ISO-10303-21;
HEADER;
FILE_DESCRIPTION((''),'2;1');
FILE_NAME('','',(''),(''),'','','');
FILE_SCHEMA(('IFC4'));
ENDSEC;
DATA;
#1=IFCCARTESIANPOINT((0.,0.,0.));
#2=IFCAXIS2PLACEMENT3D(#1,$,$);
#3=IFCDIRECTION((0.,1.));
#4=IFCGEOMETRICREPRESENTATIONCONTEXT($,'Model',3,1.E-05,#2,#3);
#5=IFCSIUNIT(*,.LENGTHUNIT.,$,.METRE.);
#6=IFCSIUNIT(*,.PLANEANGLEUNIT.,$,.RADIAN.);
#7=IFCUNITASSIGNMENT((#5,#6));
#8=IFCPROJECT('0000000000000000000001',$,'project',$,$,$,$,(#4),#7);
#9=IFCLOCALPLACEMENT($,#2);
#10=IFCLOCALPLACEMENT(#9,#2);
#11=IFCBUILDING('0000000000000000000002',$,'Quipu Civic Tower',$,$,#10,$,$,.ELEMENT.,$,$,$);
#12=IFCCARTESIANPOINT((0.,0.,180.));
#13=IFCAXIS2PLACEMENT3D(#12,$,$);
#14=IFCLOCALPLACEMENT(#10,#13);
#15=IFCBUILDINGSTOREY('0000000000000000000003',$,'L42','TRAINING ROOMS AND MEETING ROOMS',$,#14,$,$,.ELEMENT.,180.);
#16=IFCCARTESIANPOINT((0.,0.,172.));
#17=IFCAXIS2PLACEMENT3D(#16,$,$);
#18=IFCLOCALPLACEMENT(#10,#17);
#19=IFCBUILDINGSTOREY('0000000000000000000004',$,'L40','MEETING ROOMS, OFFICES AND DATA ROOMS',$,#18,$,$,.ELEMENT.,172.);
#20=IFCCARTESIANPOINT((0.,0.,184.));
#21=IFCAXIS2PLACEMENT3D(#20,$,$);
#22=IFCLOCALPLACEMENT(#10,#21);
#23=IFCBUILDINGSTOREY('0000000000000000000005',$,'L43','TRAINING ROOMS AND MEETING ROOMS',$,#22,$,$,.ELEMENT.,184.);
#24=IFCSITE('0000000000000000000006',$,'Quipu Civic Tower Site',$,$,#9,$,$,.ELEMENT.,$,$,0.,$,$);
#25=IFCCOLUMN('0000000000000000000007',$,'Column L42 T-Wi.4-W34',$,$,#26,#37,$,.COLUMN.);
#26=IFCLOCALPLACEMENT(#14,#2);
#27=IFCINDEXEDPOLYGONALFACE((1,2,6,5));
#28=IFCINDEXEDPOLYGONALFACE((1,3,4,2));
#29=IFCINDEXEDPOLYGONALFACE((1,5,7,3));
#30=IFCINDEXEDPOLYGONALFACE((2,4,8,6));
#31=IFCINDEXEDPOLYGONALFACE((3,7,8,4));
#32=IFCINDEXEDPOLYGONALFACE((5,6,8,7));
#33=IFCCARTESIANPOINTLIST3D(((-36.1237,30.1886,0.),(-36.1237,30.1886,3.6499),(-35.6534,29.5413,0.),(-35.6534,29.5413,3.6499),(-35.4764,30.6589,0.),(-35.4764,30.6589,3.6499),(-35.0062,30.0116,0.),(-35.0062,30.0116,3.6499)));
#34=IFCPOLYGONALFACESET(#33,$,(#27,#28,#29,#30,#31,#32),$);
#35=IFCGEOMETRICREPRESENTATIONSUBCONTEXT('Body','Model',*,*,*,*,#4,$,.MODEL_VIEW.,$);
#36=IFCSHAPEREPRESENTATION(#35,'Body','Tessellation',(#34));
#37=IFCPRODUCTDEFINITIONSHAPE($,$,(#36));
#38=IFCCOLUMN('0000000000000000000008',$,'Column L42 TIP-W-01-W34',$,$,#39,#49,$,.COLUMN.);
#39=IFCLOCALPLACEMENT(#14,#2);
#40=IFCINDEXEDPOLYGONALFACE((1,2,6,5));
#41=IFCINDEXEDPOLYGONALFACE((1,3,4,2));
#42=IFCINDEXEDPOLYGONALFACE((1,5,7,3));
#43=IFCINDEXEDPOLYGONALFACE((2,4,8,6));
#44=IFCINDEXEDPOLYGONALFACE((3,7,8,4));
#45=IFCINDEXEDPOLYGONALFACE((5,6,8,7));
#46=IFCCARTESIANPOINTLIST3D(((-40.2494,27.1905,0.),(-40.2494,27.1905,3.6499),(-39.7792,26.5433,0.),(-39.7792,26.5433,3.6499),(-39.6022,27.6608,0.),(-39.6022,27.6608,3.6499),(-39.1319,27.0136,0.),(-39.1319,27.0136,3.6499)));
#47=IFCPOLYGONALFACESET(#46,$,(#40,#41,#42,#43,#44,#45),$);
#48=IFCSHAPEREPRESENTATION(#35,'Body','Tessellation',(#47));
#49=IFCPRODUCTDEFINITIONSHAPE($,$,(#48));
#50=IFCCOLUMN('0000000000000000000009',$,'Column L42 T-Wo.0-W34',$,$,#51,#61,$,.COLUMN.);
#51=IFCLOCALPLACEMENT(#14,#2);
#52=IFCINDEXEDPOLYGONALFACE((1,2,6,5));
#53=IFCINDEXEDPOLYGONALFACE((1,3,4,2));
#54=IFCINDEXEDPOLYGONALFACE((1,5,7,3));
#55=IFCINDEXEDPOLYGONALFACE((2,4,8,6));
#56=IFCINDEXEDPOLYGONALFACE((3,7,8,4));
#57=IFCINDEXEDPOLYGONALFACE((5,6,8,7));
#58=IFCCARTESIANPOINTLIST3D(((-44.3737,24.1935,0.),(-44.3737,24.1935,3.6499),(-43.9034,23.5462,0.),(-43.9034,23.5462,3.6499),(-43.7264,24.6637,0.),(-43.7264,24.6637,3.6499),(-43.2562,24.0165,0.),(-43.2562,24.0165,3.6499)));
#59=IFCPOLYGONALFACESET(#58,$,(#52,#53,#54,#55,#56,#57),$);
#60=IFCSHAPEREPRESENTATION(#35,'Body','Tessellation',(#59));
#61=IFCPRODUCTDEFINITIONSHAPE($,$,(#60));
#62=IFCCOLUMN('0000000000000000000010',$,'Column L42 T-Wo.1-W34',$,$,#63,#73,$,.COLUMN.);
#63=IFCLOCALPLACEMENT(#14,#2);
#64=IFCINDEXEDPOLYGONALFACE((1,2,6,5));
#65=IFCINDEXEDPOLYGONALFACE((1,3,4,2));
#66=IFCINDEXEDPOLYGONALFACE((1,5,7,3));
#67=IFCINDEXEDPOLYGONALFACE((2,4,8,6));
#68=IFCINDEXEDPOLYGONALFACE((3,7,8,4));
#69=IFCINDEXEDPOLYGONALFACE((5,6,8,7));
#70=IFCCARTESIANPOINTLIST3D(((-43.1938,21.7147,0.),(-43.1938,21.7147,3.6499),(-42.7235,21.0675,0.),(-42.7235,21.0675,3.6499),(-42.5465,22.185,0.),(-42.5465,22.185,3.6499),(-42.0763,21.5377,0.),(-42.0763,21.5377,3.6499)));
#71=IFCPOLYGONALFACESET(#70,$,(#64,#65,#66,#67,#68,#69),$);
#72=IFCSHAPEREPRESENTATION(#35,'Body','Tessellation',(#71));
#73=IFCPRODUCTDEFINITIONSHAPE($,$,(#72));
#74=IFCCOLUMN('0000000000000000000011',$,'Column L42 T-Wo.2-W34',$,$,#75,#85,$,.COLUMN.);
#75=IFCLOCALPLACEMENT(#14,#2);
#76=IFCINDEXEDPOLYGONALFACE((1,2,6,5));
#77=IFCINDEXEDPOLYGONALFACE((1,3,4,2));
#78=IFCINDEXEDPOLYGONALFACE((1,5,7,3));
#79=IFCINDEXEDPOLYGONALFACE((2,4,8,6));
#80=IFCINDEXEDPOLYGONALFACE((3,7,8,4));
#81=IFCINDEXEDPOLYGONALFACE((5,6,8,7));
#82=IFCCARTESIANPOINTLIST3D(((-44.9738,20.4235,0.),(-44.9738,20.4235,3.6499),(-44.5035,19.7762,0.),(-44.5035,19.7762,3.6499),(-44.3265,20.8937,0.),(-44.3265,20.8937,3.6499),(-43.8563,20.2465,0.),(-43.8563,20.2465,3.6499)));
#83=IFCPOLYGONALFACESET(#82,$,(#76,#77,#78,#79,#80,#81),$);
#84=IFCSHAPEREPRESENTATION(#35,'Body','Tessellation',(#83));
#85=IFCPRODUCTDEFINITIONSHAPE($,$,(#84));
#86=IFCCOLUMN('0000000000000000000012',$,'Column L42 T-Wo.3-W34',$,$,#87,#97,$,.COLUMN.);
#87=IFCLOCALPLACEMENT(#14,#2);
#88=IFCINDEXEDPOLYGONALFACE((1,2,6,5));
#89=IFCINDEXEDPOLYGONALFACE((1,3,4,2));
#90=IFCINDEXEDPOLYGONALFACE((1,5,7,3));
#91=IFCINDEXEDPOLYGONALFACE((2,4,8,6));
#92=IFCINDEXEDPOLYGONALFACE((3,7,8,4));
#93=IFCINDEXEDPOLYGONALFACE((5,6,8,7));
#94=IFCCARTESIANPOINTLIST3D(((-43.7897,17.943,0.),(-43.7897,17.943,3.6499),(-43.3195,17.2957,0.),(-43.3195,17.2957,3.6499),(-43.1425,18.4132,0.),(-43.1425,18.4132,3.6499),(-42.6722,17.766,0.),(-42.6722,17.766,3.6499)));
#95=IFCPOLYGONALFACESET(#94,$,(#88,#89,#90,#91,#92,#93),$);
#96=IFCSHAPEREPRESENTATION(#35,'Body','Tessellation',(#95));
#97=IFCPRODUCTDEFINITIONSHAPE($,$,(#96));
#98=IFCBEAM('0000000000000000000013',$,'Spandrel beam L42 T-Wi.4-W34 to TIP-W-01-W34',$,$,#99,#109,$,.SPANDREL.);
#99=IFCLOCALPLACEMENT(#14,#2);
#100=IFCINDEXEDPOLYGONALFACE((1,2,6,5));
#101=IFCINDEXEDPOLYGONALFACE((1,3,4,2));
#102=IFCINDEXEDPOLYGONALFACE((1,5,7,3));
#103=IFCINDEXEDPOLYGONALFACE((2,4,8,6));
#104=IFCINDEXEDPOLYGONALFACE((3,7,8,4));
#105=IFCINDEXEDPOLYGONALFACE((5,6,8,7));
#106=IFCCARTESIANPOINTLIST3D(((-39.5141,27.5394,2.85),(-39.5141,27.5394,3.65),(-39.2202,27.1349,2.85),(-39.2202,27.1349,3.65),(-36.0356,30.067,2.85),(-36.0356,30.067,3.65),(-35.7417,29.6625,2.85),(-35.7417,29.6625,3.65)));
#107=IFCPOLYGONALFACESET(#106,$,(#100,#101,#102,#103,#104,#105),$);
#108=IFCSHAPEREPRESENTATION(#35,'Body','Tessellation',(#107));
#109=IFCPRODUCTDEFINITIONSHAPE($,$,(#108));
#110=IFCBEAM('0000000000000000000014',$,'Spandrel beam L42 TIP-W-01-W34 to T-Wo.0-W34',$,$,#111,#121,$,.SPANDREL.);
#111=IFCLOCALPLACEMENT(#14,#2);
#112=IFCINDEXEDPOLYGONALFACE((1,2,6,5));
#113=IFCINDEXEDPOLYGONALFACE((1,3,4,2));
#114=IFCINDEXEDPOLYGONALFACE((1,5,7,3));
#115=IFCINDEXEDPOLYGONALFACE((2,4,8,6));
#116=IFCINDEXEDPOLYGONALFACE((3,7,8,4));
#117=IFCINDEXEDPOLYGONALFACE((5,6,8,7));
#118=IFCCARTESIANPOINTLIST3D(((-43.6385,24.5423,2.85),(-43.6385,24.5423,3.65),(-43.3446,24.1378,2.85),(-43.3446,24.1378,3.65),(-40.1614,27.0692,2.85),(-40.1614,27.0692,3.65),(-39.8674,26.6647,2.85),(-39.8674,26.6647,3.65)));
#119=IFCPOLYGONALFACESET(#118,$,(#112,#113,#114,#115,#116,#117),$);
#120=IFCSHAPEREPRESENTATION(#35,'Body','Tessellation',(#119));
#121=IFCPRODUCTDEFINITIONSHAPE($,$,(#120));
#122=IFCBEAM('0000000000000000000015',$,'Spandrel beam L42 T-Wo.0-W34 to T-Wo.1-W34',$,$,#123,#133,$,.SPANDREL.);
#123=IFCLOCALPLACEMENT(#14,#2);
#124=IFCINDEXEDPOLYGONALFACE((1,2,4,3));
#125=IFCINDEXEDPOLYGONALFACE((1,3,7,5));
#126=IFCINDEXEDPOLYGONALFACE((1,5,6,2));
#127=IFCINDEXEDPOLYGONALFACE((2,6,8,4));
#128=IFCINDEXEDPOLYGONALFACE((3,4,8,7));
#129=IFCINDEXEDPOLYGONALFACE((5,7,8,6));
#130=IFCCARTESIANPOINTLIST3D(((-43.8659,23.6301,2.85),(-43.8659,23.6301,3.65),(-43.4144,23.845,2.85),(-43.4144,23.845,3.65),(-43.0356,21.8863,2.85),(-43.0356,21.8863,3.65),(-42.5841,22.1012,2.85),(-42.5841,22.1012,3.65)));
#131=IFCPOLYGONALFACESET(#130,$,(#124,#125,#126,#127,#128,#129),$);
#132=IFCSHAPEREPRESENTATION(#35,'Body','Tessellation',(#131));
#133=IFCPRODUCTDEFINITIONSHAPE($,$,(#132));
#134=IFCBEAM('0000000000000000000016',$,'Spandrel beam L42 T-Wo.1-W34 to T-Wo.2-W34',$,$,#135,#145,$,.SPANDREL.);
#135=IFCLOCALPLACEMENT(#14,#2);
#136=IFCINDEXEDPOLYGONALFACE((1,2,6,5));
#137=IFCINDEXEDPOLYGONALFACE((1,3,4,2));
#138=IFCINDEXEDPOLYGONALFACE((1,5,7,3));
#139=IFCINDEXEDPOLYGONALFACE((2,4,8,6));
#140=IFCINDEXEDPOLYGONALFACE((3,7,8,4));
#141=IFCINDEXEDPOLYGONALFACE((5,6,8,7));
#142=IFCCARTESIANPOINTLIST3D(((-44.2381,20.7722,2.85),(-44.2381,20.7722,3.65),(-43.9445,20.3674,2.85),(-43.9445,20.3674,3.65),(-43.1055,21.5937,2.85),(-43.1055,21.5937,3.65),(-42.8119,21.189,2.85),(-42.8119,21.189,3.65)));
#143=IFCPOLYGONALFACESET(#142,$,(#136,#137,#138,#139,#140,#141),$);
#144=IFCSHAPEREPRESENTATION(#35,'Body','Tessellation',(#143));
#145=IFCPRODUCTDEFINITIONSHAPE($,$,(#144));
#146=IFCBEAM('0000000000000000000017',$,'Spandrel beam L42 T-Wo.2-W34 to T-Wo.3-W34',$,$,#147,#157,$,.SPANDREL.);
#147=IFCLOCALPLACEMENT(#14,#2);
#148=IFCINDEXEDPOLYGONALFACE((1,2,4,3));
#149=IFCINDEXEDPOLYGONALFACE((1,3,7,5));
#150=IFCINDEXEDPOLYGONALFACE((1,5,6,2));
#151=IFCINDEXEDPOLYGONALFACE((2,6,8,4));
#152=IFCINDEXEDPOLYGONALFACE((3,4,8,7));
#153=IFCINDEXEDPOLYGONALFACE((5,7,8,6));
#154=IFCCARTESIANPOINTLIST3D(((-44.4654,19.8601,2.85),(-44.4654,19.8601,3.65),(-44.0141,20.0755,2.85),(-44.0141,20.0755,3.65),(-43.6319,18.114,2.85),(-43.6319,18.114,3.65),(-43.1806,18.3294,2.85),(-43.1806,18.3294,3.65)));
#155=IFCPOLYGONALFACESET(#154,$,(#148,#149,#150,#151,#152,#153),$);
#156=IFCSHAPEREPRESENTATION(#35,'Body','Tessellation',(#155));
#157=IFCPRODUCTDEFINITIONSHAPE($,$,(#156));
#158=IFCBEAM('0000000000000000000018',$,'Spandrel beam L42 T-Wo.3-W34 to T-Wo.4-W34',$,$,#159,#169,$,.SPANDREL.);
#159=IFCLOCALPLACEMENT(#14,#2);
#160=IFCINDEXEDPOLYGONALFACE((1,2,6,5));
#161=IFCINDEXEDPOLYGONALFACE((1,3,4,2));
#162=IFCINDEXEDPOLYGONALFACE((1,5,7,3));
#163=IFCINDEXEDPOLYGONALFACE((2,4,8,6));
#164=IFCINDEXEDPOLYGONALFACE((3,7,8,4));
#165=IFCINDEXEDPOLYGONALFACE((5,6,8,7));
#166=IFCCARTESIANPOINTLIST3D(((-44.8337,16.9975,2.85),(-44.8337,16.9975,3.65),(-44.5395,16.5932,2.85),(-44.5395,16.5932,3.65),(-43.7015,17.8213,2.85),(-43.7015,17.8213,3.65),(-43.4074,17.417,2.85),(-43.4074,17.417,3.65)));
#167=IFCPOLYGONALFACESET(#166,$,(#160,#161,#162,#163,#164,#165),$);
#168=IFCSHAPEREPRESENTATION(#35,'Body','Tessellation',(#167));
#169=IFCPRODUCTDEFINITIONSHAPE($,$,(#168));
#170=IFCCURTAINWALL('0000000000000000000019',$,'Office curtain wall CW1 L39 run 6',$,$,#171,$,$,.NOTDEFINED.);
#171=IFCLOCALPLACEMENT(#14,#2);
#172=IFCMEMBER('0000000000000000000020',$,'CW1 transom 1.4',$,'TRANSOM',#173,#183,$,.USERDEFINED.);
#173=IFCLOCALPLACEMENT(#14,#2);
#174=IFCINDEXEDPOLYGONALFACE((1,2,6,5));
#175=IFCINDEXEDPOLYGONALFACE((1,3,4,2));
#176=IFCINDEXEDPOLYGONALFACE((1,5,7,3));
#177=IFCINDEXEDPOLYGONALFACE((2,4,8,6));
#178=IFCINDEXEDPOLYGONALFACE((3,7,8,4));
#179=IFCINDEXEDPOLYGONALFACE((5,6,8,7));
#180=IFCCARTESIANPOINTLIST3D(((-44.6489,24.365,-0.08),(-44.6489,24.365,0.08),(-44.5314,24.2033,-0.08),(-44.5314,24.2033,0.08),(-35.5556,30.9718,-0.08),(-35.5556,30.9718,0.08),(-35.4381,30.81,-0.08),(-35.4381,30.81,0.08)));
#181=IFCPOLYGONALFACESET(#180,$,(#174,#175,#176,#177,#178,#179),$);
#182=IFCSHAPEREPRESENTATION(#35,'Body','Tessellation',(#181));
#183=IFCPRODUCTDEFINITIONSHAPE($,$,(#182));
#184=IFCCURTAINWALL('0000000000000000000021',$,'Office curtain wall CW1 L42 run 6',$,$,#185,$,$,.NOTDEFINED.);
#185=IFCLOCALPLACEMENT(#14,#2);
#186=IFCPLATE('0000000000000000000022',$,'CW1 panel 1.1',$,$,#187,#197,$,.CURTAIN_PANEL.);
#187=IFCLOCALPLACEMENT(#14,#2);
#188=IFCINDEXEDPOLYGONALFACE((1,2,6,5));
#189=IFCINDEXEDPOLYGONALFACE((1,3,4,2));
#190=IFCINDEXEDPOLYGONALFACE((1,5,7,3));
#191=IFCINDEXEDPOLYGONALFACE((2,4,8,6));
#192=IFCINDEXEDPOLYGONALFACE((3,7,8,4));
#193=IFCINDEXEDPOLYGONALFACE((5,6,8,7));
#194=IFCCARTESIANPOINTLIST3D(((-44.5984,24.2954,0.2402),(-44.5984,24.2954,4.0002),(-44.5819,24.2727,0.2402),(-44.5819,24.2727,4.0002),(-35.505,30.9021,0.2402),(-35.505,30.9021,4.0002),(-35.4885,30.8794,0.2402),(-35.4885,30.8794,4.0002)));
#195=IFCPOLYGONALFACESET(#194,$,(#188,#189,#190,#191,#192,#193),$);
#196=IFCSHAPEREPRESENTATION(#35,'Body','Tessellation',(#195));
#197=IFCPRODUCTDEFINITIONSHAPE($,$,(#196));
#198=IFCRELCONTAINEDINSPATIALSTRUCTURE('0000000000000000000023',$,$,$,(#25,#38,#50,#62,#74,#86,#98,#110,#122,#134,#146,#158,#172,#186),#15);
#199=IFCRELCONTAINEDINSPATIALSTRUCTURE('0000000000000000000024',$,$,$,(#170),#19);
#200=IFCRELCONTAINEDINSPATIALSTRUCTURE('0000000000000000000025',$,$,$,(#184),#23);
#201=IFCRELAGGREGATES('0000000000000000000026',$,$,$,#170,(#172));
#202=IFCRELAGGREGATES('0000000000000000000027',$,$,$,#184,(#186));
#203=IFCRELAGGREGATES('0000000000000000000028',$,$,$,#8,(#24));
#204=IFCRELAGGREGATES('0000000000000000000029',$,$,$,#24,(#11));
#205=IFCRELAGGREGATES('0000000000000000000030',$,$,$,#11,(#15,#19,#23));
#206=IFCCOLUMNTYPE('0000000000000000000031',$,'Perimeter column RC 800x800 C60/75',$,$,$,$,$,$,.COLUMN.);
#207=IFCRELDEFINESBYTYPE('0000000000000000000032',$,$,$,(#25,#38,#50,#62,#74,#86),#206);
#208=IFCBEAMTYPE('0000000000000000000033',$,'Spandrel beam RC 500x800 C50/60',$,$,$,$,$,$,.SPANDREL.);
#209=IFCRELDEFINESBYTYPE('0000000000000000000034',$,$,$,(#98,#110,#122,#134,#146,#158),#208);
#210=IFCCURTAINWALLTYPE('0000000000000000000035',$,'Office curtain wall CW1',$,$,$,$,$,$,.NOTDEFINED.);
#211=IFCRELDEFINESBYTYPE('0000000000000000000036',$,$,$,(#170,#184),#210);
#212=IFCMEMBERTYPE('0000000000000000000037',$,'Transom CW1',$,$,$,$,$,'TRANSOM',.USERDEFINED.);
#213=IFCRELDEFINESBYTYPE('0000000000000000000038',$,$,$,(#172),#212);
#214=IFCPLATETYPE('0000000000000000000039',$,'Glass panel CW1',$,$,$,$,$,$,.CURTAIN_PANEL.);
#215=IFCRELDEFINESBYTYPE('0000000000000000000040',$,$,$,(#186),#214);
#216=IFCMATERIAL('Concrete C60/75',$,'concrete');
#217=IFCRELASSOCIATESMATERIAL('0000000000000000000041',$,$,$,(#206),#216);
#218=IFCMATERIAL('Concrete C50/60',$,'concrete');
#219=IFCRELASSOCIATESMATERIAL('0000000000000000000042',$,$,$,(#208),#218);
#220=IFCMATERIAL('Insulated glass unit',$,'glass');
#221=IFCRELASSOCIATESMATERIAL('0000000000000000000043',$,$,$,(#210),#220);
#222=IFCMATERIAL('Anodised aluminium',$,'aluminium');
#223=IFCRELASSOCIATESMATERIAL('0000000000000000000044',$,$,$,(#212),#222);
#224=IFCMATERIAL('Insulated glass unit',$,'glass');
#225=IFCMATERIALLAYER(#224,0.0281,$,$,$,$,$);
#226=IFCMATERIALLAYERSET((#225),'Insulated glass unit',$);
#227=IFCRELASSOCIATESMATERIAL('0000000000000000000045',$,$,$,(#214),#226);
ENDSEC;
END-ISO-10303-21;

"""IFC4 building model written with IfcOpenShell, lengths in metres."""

from ifc_helpers import new_model, si_unit, direction, frame, origin, origin_2d, place, context, subcontext, project, spatial, rectangle, extrude, material, layer, layer_set, material_profile, profile_set, type_object, element, aggregate, save


model = new_model("IFC4")

# Units and contexts
model_context = context("Model", 3, precision=1e-05, world=origin(), true_north=direction((0.0, 1.0)))
body_context = subcontext(model_context, "Body", "Model", "MODEL_VIEW")
ifc_project = project(units=[si_unit("LENGTHUNIT", "METRE"), si_unit("PLANEANGLEUNIT", "RADIAN")], contexts=[model_context])

# Site, building, storey
site_placement = place(None, origin())
site = spatial("IfcSite", under=ifc_project, at=site_placement, Name="Quipu Civic Tower Site", CompositionType="ELEMENT", RefElevation=0.0)
building_placement = place(site_placement, origin())
building = spatial("IfcBuilding", under=site, at=building_placement, Name="Quipu Civic Tower", CompositionType="ELEMENT")
storey_1_placement = place(building_placement, frame((0.0, 0.0, 180.0)))
storey_1 = spatial("IfcBuildingStorey", under=building, at=storey_1_placement, Name="L42", Description="TRAINING ROOMS AND MEETING ROOMS", CompositionType="ELEMENT", Elevation=180.0)

# Columns
ifc_material_1 = material(Name="Concrete C60/75", Category="concrete")
ifc_material_profile_1 = material_profile(ifc_material_1, rectangle(XDim=0.8, YDim=0.8, at=origin_2d()), Name="RC800x800")
ifc_profile_set_1 = profile_set([ifc_material_profile_1], Name="Concrete C60/75")
column_type = type_object("IfcColumnType", Name="Perimeter column RC 800x800 C60/75", PredefinedType="COLUMN", material=ifc_profile_set_1)
for number, where, z_axis, x_axis, name in (
    (1, (-35.5649, 30.1001, 0.0), (0.0, 0.0, 1.0), (-0.809017, -0.587785, 0.0), "Column L42 T-Wi.4-W34"),
    (2, (-39.6907, 27.1021, 0.0), (0.0, 0.0, 1.0), (-0.809017, -0.587785, 0.0), "Column L42 TIP-W-01-W34"),
    (3, (-43.8149, 24.105, 0.0), (0.0, 0.0, 1.0), (-0.809017, -0.587785, 0.0), "Column L42 T-Wo.0-W34"),
    (4, (-42.635, 21.6262, 0.0), (0.0, 0.0, 1.0), (-0.809017, -0.587785, 0.0), "Column L42 T-Wo.1-W34"),
    (5, (-44.415, 20.335, 0.0), (0.0, 0.0, 1.0), (0.587785, -0.809017, 0.0), "Column L42 T-Wo.2-W34"),
    (6, (-43.231, 17.8545, 0.0), (0.0, 0.0, 1.0), (0.587785, -0.809017, 0.0), "Column L42 T-Wo.3-W34"),
):
    element("IfcColumn", number, at=place(storey_1_placement, frame(where, z_axis=z_axis, x_axis=x_axis)), inside=storey_1, type_object=column_type, Name=name, PredefinedType="COLUMN", context=body_context, shape_type="SweptSolid", body=[
        extrude(rectangle(XDim=0.8, YDim=0.8, at=origin_2d()), origin(), (0.0, 0.0, 1.0), 3.6499),
    ])

# Beams
ifc_material_2 = material(Name="Concrete C50/60", Category="concrete")
ifc_material_profile_2 = material_profile(ifc_material_2, rectangle(XDim=0.5, YDim=0.8, at=origin_2d()), Name="RC500x800")
ifc_profile_set_2 = profile_set([ifc_material_profile_2], Name="Concrete C50/60")
beam_type = type_object("IfcBeamType", Name="Spandrel beam RC 500x800 C50/60", PredefinedType="SPANDREL", material=ifc_profile_set_2)
beam_1_placement = place(storey_1_placement, frame((-35.8887, 29.8647, 3.25), z_axis=(-0.808984, -0.587831, 0.0), x_axis=(0.587831, -0.808984, 0.0)))
element("IfcBeam", 7, at=beam_1_placement, inside=storey_1, type_object=beam_type, Name="Spandrel beam L42 T-Wi.4-W34 to TIP-W-01-W34", PredefinedType="SPANDREL", context=body_context, shape_type="SweptSolid", body=[
    extrude(rectangle(XDim=0.5, YDim=0.8, at=origin_2d()), origin(), (0.0, 0.0, 1.0), 4.2998),
])
beam_2_placement = place(storey_1_placement, frame((-40.0144, 26.8669, 3.25), z_axis=(-0.808947, -0.587881, 0.0), x_axis=(0.587881, -0.808947, 0.0)))
element("IfcBeam", 8, at=beam_2_placement, inside=storey_1, type_object=beam_type, Name="Spandrel beam L42 TIP-W-01-W34 to T-Wo.0-W34", PredefinedType="SPANDREL", context=body_context, shape_type="SweptSolid", body=[
    extrude(rectangle(XDim=0.5, YDim=0.8, at=origin_2d()), origin(), (0.0, 0.0, 1.0), 4.2983),
])
beam_3_placement = place(storey_1_placement, frame((-43.6401, 23.7375, 3.25), z_axis=(0.429889, -0.902882, 0.0), x_axis=(0.902882, 0.429889, 0.0)))
element("IfcBeam", 9, at=beam_3_placement, inside=storey_1, type_object=beam_type, Name="Spandrel beam L42 T-Wo.0-W34 to T-Wo.1-W34", PredefinedType="SPANDREL", context=body_context, shape_type="SweptSolid", body=[
    extrude(rectangle(XDim=0.5, YDim=0.8, at=origin_2d()), origin(), (0.0, 0.0, 1.0), 1.9314),
])
beam_4_placement = place(storey_1_placement, frame((-42.9587, 21.3914, 3.25), z_axis=(-0.809467, -0.587165, 0.0), x_axis=(0.587165, -0.809467, 0.0)))
element("IfcBeam", 10, at=beam_4_placement, inside=storey_1, type_object=beam_type, Name="Spandrel beam L42 T-Wo.1-W34 to T-Wo.2-W34", PredefinedType="SPANDREL", context=body_context, shape_type="SweptSolid", body=[
    extrude(rectangle(XDim=0.5, YDim=0.8, at=origin_2d()), origin(), (0.0, 0.0, 1.0), 1.3992),
])
beam_5_placement = place(storey_1_placement, frame((-44.2397, 19.9678, 3.25), z_axis=(0.430786, -0.902454, 0.0), x_axis=(0.902454, 0.430786, 0.0)))
element("IfcBeam", 11, at=beam_5_placement, inside=storey_1, type_object=beam_type, Name="Spandrel beam L42 T-Wo.2-W34 to T-Wo.3-W34", PredefinedType="SPANDREL", context=body_context, shape_type="SweptSolid", body=[
    extrude(rectangle(XDim=0.5, YDim=0.8, at=origin_2d()), origin(), (0.0, 0.0, 1.0), 1.9348),
])
beam_6_placement = place(storey_1_placement, frame((-43.5544, 17.6191, 3.25), z_axis=(-0.8086, -0.588358, 0.0), x_axis=(0.588358, -0.8086, 0.0)))
element("IfcBeam", 12, at=beam_6_placement, inside=storey_1, type_object=beam_type, Name="Spandrel beam L42 T-Wo.3-W34 to T-Wo.4-W34", PredefinedType="SPANDREL", context=body_context, shape_type="SweptSolid", body=[
    extrude(rectangle(XDim=0.5, YDim=0.8, at=origin_2d()), origin(), (0.0, 0.0, 1.0), 1.4001),
])

# Shared definitions
storey_2_placement = place(building_placement, frame((0.0, 0.0, 172.0)))
storey_2 = spatial("IfcBuildingStorey", under=building, at=storey_2_placement, Name="L40", Description="MEETING ROOMS, OFFICES AND DATA ROOMS", CompositionType="ELEMENT", Elevation=172.0)

# Curtain wall, member
ifc_material_3 = material(Name="Insulated glass unit", Category="glass")
curtain_wall_type = type_object("IfcCurtainWallType", Name="Office curtain wall CW1", PredefinedType="NOTDEFINED", material=ifc_material_3)
curtain_wall_1_placement = place(storey_2_placement, origin())
curtain_wall_1 = element("IfcCurtainWall", 13, at=curtain_wall_1_placement, inside=storey_2, type_object=curtain_wall_type, Name="Office curtain wall CW1 L39 run 6", PredefinedType="NOTDEFINED")
ifc_material_4 = material(Name="Anodised aluminium", Category="aluminium")
ifc_material_profile_3 = material_profile(ifc_material_4, rectangle(XDim=0.2, YDim=0.1599, at=origin_2d()), Name="RECT 200x160")
ifc_profile_set_3 = profile_set([ifc_material_profile_3], Name="Anodised aluminium")
member_type = type_object("IfcMemberType", Name="Transom CW1", ElementType="TRANSOM", PredefinedType="USERDEFINED", material=ifc_profile_set_3)
member_placement = place(storey_1_placement, frame((-35.4968, 30.8909, 0.0), z_axis=(-0.809015, -0.587788, 0.0), x_axis=(0.587788, -0.809015, 0.0)))
member = element("IfcMember", 14, at=member_placement, inside=storey_1, type_object=member_type, Name="CW1 transom 1.4", ObjectType="TRANSOM", PredefinedType="USERDEFINED", context=body_context, shape_type="SweptSolid", body=[
    extrude(rectangle(XDim=0.2, YDim=0.1599, at=origin_2d()), origin(), (0.0, 0.0, 1.0), 11.24),
])
aggregate(curtain_wall_1, [member])

# Shared definitions
storey_3_placement = place(building_placement, frame((0.0, 0.0, 184.0)))
storey_3 = spatial("IfcBuildingStorey", under=building, at=storey_3_placement, Name="L43", Description="TRAINING ROOMS AND MEETING ROOMS", CompositionType="ELEMENT", Elevation=184.0)

# Curtain wall, plate
curtain_wall_2_placement = place(storey_3_placement, origin())
curtain_wall_2 = element("IfcCurtainWall", 15, at=curtain_wall_2_placement, inside=storey_3, type_object=curtain_wall_type, Name="Office curtain wall CW1 L42 run 6", PredefinedType="NOTDEFINED")
ifc_material_5 = material(Name="Insulated glass unit", Category="glass")
ifc_layer = layer(ifc_material_5, 0.0281)
ifc_layer_set = layer_set([ifc_layer], Name="Insulated glass unit")
plate_type_1 = type_object("IfcPlateType", Name="Glass panel CW1", PredefinedType="CURTAIN_PANEL", material=ifc_layer_set)
plate_placement = place(storey_1_placement, frame((-40.0435, 27.5874, 0.2402), z_axis=(0.0, 0.0, 1.0), x_axis=(-0.809015, -0.587788, 0.0)))
plate = element("IfcPlate", 16, at=plate_placement, inside=storey_1, type_object=plate_type_1, Name="CW1 panel 1.1", PredefinedType="CURTAIN_PANEL", context=body_context, shape_type="SweptSolid", body=[
    extrude(rectangle(XDim=11.24, YDim=0.0281, at=origin_2d()), origin(), (0.0, 0.0, 1.0), 3.76),
])
aggregate(curtain_wall_2, [plate])

save(model, "model.ifc")
